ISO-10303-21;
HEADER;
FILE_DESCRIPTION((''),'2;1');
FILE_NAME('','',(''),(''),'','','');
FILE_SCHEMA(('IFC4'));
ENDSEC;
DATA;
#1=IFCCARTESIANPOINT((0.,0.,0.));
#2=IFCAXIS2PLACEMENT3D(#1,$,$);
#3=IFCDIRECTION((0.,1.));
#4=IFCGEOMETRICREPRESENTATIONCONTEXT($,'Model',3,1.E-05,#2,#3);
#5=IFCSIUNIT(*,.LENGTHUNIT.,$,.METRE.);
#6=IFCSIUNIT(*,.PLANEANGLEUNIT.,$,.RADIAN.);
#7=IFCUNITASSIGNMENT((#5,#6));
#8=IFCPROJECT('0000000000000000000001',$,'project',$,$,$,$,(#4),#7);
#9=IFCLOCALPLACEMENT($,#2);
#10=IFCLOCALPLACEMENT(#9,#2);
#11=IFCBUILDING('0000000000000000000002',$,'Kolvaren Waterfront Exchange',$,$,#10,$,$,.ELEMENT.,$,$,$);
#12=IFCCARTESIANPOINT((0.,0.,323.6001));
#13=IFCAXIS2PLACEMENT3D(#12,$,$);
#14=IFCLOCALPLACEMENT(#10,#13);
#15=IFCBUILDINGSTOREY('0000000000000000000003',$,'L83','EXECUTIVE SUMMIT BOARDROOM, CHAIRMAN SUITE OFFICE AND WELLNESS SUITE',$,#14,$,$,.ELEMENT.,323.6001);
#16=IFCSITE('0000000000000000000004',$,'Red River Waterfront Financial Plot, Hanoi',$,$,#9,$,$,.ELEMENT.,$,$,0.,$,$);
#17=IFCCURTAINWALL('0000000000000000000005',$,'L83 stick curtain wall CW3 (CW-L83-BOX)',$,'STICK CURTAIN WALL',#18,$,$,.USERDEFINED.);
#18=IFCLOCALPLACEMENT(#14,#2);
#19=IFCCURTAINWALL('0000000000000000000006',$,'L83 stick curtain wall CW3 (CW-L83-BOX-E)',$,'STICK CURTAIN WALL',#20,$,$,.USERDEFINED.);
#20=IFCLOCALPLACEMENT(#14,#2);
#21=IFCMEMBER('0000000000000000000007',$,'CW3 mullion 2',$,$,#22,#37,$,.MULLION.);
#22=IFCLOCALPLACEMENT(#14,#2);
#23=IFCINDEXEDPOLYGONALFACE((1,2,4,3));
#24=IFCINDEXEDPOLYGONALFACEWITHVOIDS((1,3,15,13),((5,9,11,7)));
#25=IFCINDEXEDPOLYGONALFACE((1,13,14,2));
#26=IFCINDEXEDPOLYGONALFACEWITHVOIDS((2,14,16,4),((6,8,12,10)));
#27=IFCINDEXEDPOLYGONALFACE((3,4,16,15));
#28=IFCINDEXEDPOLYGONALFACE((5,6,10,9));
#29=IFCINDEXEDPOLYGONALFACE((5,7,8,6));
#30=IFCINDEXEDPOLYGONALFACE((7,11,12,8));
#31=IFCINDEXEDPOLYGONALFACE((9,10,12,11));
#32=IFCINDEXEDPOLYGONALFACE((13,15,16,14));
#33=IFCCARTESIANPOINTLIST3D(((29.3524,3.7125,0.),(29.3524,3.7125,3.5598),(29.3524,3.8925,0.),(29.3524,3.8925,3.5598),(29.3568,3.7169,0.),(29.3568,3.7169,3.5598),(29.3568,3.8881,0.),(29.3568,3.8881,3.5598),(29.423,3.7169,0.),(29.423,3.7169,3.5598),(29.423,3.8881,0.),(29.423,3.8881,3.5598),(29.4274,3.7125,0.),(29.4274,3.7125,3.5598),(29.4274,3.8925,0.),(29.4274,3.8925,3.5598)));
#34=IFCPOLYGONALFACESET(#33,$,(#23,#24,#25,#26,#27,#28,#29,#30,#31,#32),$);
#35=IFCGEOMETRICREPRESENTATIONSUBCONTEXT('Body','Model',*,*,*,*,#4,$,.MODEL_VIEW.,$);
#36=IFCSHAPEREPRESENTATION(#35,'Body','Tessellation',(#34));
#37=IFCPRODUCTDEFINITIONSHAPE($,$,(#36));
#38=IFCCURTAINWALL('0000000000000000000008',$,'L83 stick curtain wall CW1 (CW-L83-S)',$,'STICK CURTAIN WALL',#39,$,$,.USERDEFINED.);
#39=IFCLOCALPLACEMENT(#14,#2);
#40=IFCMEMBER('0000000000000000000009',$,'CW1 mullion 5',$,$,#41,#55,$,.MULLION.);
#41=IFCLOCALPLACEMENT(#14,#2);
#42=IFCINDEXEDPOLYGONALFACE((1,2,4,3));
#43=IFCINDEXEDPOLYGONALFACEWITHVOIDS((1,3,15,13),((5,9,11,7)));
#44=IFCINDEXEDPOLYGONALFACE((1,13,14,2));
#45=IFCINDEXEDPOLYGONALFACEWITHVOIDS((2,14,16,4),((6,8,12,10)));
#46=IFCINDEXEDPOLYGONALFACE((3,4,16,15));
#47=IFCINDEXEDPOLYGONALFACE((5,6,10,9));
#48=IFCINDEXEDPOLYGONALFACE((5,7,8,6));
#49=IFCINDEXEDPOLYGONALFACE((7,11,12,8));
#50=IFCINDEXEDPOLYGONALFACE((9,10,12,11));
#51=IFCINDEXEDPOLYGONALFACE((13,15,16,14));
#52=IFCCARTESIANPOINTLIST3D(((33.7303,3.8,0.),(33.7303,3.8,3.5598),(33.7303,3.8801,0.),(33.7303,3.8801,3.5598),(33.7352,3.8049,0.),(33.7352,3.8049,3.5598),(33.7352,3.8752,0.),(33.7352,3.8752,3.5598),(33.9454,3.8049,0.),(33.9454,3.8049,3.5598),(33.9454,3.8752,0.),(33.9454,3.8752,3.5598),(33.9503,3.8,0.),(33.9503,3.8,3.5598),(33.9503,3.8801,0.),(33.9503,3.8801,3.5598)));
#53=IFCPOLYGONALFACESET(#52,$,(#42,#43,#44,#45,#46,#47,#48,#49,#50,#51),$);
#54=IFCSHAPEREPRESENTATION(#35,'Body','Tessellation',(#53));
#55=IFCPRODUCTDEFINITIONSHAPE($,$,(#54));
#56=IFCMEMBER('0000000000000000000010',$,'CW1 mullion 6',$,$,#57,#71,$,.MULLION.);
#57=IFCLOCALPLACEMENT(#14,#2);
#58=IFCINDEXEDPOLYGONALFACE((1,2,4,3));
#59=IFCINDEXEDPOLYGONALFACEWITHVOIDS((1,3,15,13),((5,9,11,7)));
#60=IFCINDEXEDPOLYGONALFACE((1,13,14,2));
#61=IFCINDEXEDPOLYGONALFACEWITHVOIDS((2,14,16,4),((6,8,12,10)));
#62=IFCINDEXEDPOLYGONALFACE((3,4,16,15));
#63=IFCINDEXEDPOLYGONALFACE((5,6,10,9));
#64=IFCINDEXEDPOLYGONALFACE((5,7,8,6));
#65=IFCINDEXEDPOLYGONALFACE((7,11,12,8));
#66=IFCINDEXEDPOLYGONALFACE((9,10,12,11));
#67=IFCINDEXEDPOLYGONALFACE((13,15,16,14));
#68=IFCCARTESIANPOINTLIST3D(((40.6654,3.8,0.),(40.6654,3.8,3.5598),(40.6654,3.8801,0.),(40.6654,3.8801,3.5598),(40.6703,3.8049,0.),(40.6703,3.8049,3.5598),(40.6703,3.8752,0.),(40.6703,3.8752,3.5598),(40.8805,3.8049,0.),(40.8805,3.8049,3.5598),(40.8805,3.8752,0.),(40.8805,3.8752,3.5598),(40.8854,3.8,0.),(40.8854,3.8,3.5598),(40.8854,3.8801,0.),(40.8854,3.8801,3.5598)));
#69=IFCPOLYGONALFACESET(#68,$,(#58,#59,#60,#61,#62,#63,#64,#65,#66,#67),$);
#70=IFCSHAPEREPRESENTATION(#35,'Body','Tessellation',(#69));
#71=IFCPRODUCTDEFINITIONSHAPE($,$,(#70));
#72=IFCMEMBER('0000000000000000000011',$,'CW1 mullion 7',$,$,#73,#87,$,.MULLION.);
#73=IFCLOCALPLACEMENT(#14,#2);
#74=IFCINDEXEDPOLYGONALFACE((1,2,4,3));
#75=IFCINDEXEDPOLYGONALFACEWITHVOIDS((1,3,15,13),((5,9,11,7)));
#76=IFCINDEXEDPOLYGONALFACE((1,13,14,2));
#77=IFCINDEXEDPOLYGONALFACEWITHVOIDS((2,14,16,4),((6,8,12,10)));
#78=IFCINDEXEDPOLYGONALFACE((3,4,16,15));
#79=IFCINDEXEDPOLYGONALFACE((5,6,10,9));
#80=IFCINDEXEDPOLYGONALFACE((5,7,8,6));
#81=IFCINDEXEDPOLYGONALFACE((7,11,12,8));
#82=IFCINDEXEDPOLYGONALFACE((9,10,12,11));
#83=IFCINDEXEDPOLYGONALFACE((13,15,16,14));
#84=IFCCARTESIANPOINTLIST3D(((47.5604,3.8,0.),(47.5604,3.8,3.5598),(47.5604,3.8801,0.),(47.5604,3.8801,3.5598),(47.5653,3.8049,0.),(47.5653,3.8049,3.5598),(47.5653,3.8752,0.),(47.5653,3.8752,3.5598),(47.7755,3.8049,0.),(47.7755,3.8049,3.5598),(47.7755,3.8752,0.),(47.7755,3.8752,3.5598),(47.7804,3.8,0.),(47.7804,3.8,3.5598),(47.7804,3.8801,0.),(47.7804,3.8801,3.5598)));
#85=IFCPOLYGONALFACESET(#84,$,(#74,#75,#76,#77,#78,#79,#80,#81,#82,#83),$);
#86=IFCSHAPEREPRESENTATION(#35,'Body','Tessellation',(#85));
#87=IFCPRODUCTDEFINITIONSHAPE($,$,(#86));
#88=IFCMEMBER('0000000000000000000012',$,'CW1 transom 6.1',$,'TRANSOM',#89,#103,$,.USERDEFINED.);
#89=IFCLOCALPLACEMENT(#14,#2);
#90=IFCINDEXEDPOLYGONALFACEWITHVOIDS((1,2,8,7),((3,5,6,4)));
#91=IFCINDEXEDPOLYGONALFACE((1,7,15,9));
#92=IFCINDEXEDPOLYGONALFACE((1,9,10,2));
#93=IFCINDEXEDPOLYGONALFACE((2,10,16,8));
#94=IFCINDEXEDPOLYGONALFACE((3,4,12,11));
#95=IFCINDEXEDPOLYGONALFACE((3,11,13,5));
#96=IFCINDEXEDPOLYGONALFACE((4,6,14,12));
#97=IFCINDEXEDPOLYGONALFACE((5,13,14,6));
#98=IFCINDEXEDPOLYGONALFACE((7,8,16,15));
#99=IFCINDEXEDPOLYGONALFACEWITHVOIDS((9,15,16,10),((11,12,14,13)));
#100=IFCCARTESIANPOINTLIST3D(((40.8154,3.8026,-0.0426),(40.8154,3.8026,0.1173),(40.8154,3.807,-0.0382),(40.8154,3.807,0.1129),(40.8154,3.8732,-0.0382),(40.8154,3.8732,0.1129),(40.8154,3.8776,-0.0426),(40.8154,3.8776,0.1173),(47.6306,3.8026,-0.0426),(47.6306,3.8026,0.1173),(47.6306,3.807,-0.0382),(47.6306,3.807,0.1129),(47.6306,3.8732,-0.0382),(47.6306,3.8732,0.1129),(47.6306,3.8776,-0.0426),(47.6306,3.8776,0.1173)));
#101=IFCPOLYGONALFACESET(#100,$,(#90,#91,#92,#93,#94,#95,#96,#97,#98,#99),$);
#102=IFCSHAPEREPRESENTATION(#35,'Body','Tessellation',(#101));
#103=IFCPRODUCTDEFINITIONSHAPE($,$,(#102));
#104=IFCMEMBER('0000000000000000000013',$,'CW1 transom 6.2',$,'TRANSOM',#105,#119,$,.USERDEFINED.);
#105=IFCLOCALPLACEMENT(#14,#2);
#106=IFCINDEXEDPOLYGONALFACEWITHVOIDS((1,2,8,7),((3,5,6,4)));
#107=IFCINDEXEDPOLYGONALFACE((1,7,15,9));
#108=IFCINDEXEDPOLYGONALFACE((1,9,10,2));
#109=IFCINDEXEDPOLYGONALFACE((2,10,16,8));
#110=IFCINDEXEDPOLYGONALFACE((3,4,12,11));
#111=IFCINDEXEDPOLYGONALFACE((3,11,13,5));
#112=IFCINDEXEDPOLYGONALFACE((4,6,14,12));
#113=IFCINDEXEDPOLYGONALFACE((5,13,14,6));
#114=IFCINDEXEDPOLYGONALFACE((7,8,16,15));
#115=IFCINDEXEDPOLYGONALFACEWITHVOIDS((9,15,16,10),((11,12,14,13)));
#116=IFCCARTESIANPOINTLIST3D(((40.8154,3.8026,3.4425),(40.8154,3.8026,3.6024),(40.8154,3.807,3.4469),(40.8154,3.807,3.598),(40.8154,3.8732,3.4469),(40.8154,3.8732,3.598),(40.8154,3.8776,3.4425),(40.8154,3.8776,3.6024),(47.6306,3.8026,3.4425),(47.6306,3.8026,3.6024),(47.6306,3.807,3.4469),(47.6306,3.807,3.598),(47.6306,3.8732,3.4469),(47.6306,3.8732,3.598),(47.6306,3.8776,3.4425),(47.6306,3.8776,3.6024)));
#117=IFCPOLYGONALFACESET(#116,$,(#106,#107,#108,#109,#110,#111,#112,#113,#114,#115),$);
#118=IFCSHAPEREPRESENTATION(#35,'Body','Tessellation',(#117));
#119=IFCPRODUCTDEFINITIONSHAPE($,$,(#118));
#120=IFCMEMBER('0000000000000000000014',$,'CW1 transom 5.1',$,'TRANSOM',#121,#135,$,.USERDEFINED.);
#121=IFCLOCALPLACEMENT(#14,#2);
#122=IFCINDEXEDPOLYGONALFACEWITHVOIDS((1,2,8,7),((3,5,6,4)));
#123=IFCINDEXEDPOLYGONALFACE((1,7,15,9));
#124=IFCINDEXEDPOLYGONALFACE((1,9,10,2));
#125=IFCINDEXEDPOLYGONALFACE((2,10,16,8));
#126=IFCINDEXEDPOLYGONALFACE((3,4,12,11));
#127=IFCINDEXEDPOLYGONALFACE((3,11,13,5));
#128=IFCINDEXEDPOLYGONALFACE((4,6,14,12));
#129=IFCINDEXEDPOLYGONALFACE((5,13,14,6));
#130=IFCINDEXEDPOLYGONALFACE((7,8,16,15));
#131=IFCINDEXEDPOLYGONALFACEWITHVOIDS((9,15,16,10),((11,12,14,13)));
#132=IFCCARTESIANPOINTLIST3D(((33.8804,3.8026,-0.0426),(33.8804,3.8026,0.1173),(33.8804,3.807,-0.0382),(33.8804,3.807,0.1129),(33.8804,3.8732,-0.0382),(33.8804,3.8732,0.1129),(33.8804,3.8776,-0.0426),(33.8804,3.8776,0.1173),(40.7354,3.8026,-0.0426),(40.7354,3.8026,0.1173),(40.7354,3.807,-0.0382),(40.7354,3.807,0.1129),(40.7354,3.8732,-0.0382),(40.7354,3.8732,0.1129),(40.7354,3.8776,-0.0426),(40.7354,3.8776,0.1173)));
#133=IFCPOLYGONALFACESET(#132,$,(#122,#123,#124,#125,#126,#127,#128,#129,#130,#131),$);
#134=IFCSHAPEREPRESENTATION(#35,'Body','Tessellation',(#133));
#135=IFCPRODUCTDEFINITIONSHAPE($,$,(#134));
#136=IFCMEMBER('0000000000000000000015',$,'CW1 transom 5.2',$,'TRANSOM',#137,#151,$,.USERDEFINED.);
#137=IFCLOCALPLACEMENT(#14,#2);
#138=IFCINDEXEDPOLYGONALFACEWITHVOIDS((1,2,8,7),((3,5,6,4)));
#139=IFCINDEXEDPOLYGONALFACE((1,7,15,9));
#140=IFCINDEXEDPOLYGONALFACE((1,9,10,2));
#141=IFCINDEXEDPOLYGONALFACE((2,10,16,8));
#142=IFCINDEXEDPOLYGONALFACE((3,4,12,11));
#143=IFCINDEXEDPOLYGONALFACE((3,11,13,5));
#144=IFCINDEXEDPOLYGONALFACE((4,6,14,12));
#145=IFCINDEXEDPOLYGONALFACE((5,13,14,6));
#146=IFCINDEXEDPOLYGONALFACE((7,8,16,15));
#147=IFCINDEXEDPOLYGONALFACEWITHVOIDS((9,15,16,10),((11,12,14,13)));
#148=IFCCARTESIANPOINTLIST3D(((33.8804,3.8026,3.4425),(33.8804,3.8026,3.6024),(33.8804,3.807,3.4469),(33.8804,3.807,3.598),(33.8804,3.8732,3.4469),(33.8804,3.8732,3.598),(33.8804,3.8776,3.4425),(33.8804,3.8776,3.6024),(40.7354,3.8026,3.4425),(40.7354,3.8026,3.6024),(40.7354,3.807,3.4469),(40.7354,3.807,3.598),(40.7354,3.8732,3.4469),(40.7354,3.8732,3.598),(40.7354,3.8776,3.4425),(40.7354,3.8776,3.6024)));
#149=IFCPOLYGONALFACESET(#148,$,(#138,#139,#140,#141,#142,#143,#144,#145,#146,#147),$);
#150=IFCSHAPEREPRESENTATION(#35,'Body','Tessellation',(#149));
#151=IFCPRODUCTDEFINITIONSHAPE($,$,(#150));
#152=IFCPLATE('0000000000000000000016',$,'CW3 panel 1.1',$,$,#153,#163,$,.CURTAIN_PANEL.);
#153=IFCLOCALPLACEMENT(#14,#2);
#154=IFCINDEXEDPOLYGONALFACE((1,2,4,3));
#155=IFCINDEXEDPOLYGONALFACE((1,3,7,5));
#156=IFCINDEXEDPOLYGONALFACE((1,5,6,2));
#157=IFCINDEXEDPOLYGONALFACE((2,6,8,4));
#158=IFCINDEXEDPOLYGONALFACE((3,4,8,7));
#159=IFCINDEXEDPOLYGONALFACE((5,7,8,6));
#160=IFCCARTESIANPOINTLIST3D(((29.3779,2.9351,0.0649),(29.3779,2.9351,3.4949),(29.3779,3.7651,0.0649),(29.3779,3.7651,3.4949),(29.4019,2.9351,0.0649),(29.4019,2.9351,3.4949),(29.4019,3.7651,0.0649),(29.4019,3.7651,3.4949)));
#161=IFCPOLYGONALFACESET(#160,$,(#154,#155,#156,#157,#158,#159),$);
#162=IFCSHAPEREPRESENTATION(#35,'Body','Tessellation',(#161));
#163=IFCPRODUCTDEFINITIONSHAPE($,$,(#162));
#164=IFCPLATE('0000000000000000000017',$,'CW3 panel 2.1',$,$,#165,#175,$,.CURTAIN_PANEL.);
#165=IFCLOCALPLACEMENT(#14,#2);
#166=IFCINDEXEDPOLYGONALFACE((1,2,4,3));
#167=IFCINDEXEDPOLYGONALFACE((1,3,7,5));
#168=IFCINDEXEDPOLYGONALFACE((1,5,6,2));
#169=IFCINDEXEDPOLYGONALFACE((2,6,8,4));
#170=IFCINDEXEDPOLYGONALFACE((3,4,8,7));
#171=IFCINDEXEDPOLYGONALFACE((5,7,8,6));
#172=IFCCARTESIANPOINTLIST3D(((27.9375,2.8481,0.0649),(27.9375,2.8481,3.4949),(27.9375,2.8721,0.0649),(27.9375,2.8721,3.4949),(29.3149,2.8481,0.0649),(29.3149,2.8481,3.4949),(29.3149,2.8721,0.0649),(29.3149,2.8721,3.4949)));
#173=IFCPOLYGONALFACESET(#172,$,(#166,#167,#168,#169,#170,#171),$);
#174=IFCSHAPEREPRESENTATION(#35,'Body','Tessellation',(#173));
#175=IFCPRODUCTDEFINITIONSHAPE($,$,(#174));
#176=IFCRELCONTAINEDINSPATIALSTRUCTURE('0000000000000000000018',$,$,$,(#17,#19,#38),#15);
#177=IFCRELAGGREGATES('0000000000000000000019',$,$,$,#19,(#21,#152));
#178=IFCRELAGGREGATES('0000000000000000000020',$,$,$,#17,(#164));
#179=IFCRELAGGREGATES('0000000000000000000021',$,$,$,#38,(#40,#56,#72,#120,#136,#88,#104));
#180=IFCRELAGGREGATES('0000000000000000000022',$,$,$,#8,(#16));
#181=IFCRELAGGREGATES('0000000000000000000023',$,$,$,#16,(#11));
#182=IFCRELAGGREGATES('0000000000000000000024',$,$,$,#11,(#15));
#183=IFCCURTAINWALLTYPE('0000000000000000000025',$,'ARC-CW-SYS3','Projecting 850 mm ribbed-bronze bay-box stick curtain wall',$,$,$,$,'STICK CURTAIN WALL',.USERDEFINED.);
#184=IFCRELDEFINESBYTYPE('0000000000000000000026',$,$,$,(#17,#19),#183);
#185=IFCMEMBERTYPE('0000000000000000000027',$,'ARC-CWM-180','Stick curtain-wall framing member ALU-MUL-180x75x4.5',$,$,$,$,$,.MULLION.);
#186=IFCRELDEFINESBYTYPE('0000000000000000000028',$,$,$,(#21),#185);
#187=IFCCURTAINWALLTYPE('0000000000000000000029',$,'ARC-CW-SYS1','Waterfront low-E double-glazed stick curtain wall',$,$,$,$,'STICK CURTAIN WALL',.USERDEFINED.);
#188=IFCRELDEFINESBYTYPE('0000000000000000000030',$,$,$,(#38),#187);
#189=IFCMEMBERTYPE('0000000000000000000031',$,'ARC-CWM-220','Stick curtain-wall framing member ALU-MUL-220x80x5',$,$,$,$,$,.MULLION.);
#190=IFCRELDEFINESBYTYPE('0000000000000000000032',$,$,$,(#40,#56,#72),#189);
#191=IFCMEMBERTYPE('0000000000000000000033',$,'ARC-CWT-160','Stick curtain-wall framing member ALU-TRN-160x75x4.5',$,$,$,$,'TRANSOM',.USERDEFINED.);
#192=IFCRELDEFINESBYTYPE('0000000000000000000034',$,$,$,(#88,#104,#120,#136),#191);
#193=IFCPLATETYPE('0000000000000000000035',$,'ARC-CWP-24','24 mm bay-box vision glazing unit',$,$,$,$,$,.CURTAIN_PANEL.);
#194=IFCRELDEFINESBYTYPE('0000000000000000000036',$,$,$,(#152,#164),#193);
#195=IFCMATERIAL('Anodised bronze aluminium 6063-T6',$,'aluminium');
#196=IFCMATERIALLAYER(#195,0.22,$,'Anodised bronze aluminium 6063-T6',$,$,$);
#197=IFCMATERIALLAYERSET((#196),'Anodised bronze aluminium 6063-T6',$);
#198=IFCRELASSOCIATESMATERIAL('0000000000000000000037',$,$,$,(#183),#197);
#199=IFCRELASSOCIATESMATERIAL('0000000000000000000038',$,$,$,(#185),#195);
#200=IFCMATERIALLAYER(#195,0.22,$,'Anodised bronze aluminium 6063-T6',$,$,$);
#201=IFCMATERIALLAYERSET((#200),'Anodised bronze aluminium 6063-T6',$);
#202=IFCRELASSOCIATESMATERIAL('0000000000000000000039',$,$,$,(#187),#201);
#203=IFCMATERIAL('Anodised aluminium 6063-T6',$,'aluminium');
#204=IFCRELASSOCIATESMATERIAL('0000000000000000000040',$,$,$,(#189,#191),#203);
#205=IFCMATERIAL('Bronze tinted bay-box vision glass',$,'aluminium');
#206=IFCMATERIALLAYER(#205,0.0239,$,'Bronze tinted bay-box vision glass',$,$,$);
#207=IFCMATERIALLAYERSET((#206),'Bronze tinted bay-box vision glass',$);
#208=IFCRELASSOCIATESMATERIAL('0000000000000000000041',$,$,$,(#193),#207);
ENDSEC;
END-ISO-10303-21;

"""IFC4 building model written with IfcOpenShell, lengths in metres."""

from ifc_helpers import new_model, si_unit, direction, frame, origin, origin_with_axes, origin_2d, place, context, subcontext, project, spatial, rectangle, hollow_rectangle, extrude, source, transform, mapped, material, layer, layer_set, material_profile, profile_set, type_object, element, aggregate, save


model = new_model("IFC4")

# Units and contexts
model_context = context("Model", 3, precision=1e-05, world=origin(), true_north=direction((0.0, 1.0)))
body_context = subcontext(model_context, "Body", "Model", "MODEL_VIEW")
ifc_project = project(units=[si_unit("LENGTHUNIT", "METRE"), si_unit("PLANEANGLEUNIT", "RADIAN")], contexts=[model_context])

# Site, building, storey
site_placement = place(None, origin())
site = spatial("IfcSite", under=ifc_project, at=site_placement, Name="Red River Waterfront Financial Plot, Hanoi", CompositionType="ELEMENT", RefElevation=0.0)
building_placement = place(site_placement, origin())
building = spatial("IfcBuilding", under=site, at=building_placement, Name="Kolvaren Waterfront Exchange", CompositionType="ELEMENT")
storey_placement = place(building_placement, frame((0.0, 0.0, 323.6001)))
storey = spatial("IfcBuildingStorey", under=building, at=storey_placement, Name="L83", Description="EXECUTIVE SUMMIT BOARDROOM, CHAIRMAN SUITE OFFICE AND WELLNESS SUITE", CompositionType="ELEMENT", Elevation=323.6001)

# Curtain walls
ifc_material_1 = material(Name="Anodised bronze aluminium 6063-T6", Category="aluminium")
ifc_layer_1 = layer(ifc_material_1, 0.22, Name="Anodised bronze aluminium 6063-T6")
ifc_layer_set_1 = layer_set([ifc_layer_1], Name="Anodised bronze aluminium 6063-T6")
curtain_wall_type_1 = type_object("IfcCurtainWallType", Name="ARC-CW-SYS3", Description="Projecting 850 mm ribbed-bronze bay-box stick curtain wall", ElementType="STICK CURTAIN WALL", PredefinedType="USERDEFINED", material=ifc_layer_set_1)
curtain_wall_1_placement = place(storey_placement, origin())
curtain_wall_1 = element("IfcCurtainWall", 1, at=curtain_wall_1_placement, inside=storey, type_object=curtain_wall_type_1, Name="L83 stick curtain wall CW3 (CW-L83-BOX)", ObjectType="STICK CURTAIN WALL", PredefinedType="USERDEFINED")
curtain_wall_2_placement = place(storey_placement, origin())
curtain_wall_2 = element("IfcCurtainWall", 2, at=curtain_wall_2_placement, inside=storey, type_object=curtain_wall_type_1, Name="L83 stick curtain wall CW3 (CW-L83-BOX-E)", ObjectType="STICK CURTAIN WALL", PredefinedType="USERDEFINED")

# Member
ifc_material_profile_1 = material_profile(ifc_material_1, hollow_rectangle(XDim=0.075, YDim=0.1799, WallThickness=0.0044, at=origin_2d()), Name="ALU-MUL-180x75x4.5")
ifc_profile_set_1 = profile_set([ifc_material_profile_1], Name="Anodised bronze aluminium 6063-T6")
member_type_1 = type_object("IfcMemberType", Name="ARC-CWM-180", Description="Stick curtain-wall framing member ALU-MUL-180x75x4.5", PredefinedType="MULLION", material=ifc_profile_set_1)
shared_shape_1 = source(origin_with_axes(), body_context, "Body", "SweptSolid", [
    extrude(hollow_rectangle(XDim=0.075, YDim=0.1799, WallThickness=0.0044, at=origin_2d()), origin(), (0.0, 0.0, 1.0), 3.5598),
])
member_1_placement = place(storey_placement, frame((29.3899, 3.8025, 0.0), z_axis=(0.0, 0.0, 1.0), x_axis=(-1.0, 0.0, 0.0)))
member_1 = element("IfcMember", 3, at=member_1_placement, type_object=member_type_1, Name="CW3 mullion 2", PredefinedType="MULLION", context=body_context, shape_type="MappedRepresentation", body=[
    mapped(shared_shape_1, transform((0.0, 0.0, 0.0), x_axis=(1.0, 0.0, 0.0), y_axis=(0.0, 1.0, 0.0), z_axis=(0.0, 0.0, 1.0), scale=1.0)),
])

# Curtain wall, members
ifc_layer_2 = layer(ifc_material_1, 0.22, Name="Anodised bronze aluminium 6063-T6")
ifc_layer_set_2 = layer_set([ifc_layer_2], Name="Anodised bronze aluminium 6063-T6")
curtain_wall_type_2 = type_object("IfcCurtainWallType", Name="ARC-CW-SYS1", Description="Waterfront low-E double-glazed stick curtain wall", ElementType="STICK CURTAIN WALL", PredefinedType="USERDEFINED", material=ifc_layer_set_2)
curtain_wall_3_placement = place(storey_placement, origin())
curtain_wall_3 = element("IfcCurtainWall", 4, at=curtain_wall_3_placement, inside=storey, type_object=curtain_wall_type_2, Name="L83 stick curtain wall CW1 (CW-L83-S)", ObjectType="STICK CURTAIN WALL", PredefinedType="USERDEFINED")
ifc_material_2 = material(Name="Anodised aluminium 6063-T6", Category="aluminium")
ifc_material_profile_2 = material_profile(ifc_material_2, hollow_rectangle(XDim=0.0801, YDim=0.22, WallThickness=0.0049, at=origin_2d()), Name="ALU-MUL-220x80x5")
ifc_profile_set_2 = profile_set([ifc_material_profile_2], Name="Anodised aluminium 6063-T6")
member_type_2 = type_object("IfcMemberType", Name="ARC-CWM-220", Description="Stick curtain-wall framing member ALU-MUL-220x80x5", PredefinedType="MULLION", material=ifc_profile_set_2)
shared_shape_2 = source(origin_with_axes(), body_context, "Body", "SweptSolid", [
    extrude(hollow_rectangle(XDim=0.0801, YDim=0.22, WallThickness=0.0049, at=origin_2d()), origin(), (0.0, 0.0, 1.0), 3.5598),
])
member_2_placement = place(storey_placement, frame((33.8403, 3.8401, 0.0), z_axis=(0.0, 0.0, 1.0), x_axis=(0.0, 1.0, 0.0)))
member_2 = element("IfcMember", 5, at=member_2_placement, type_object=member_type_2, Name="CW1 mullion 5", PredefinedType="MULLION", context=body_context, shape_type="MappedRepresentation", body=[
    mapped(shared_shape_2, transform((0.0, 0.0, 0.0), x_axis=(1.0, 0.0, 0.0), y_axis=(0.0, 1.0, 0.0), z_axis=(0.0, 0.0, 1.0), scale=1.0)),
])
member_3_placement = place(storey_placement, frame((40.7754, 3.8401, 0.0), z_axis=(0.0, 0.0, 1.0), x_axis=(0.0, 1.0, 0.0)))
member_3 = element("IfcMember", 6, at=member_3_placement, type_object=member_type_2, Name="CW1 mullion 6", PredefinedType="MULLION", context=body_context, shape_type="MappedRepresentation", body=[
    mapped(shared_shape_2, transform((0.0, 0.0, 0.0), x_axis=(1.0, 0.0, 0.0), y_axis=(0.0, 1.0, 0.0), z_axis=(0.0, 0.0, 1.0), scale=1.0)),
])
member_4_placement = place(storey_placement, frame((47.6704, 3.8401, 0.0), z_axis=(0.0, 0.0, 1.0), x_axis=(0.0, 1.0, 0.0)))
member_4 = element("IfcMember", 7, at=member_4_placement, type_object=member_type_2, Name="CW1 mullion 7", PredefinedType="MULLION", context=body_context, shape_type="MappedRepresentation", body=[
    mapped(shared_shape_2, transform((0.0, 0.0, 0.0), x_axis=(1.0, 0.0, 0.0), y_axis=(0.0, 1.0, 0.0), z_axis=(0.0, 0.0, 1.0), scale=1.0)),
])
ifc_material_profile_3 = material_profile(ifc_material_2, hollow_rectangle(XDim=0.075, YDim=0.1599, WallThickness=0.0044, at=origin_2d()), Name="ALU-TRN-160x75x4.5")
ifc_profile_set_3 = profile_set([ifc_material_profile_3], Name="Anodised aluminium 6063-T6")
member_type_3 = type_object("IfcMemberType", Name="ARC-CWT-160", Description="Stick curtain-wall framing member ALU-TRN-160x75x4.5", ElementType="TRANSOM", PredefinedType="USERDEFINED", material=ifc_profile_set_3)
shared_shape_3 = source(origin_with_axes(), body_context, "Body", "SweptSolid", [
    extrude(hollow_rectangle(XDim=0.075, YDim=0.1599, WallThickness=0.0044, at=origin_2d()), origin(), (0.0, 0.0, 1.0), 6.8152),
])
member_5_placement = place(storey_placement, frame((40.8154, 3.8401, 0.0374), z_axis=(1.0, 0.0, 0.0), x_axis=(0.0, 1.0, 0.0)))
member_5 = element("IfcMember", 8, at=member_5_placement, type_object=member_type_3, Name="CW1 transom 6.1", ObjectType="TRANSOM", PredefinedType="USERDEFINED", context=body_context, shape_type="MappedRepresentation", body=[
    mapped(shared_shape_3, transform((0.0, 0.0, 0.0), x_axis=(1.0, 0.0, 0.0), y_axis=(0.0, 1.0, 0.0), z_axis=(0.0, 0.0, 1.0), scale=1.0)),
])
member_6_placement = place(storey_placement, frame((40.8154, 3.8401, 3.5225), z_axis=(1.0, 0.0, 0.0), x_axis=(0.0, 1.0, 0.0)))
member_6 = element("IfcMember", 9, at=member_6_placement, type_object=member_type_3, Name="CW1 transom 6.2", ObjectType="TRANSOM", PredefinedType="USERDEFINED", context=body_context, shape_type="MappedRepresentation", body=[
    mapped(shared_shape_3, transform((0.0, 0.0, 0.0), x_axis=(1.0, 0.0, 0.0), y_axis=(0.0, 1.0, 0.0), z_axis=(0.0, 0.0, 1.0), scale=1.0)),
])
shared_shape_4 = source(origin_with_axes(), body_context, "Body", "SweptSolid", [
    extrude(hollow_rectangle(XDim=0.075, YDim=0.1599, WallThickness=0.0044, at=origin_2d()), origin(), (0.0, 0.0, 1.0), 6.855),
])
member_7_placement = place(storey_placement, frame((33.8804, 3.8401, 0.0374), z_axis=(1.0, 0.0, 0.0), x_axis=(0.0, 1.0, 0.0)))
member_7 = element("IfcMember", 10, at=member_7_placement, type_object=member_type_3, Name="CW1 transom 5.1", ObjectType="TRANSOM", PredefinedType="USERDEFINED", context=body_context, shape_type="MappedRepresentation", body=[
    mapped(shared_shape_4, transform((0.0, 0.0, 0.0), x_axis=(1.0, 0.0, 0.0), y_axis=(0.0, 1.0, 0.0), z_axis=(0.0, 0.0, 1.0), scale=1.0)),
])
member_8_placement = place(storey_placement, frame((33.8804, 3.8401, 3.5225), z_axis=(1.0, 0.0, 0.0), x_axis=(0.0, 1.0, 0.0)))
member_8 = element("IfcMember", 11, at=member_8_placement, type_object=member_type_3, Name="CW1 transom 5.2", ObjectType="TRANSOM", PredefinedType="USERDEFINED", context=body_context, shape_type="MappedRepresentation", body=[
    mapped(shared_shape_4, transform((0.0, 0.0, 0.0), x_axis=(1.0, 0.0, 0.0), y_axis=(0.0, 1.0, 0.0), z_axis=(0.0, 0.0, 1.0), scale=1.0)),
])

# Plates
ifc_material_3 = material(Name="Bronze tinted bay-box vision glass", Category="aluminium")
ifc_layer_3 = layer(ifc_material_3, 0.0239, Name="Bronze tinted bay-box vision glass")
ifc_layer_set_3 = layer_set([ifc_layer_3], Name="Bronze tinted bay-box vision glass")
plate_type_1 = type_object("IfcPlateType", Name="ARC-CWP-24", Description="24 mm bay-box vision glazing unit", PredefinedType="CURTAIN_PANEL", material=ifc_layer_set_3)
shared_shape_5 = source(origin_with_axes(), body_context, "Body", "SweptSolid", [
    extrude(rectangle(XDim=0.8301, YDim=0.0239, at=origin_2d()), origin(), (0.0, 0.0, 1.0), 3.4299),
])
plate_1_placement = place(storey_placement, frame((29.3899, 3.3501, 0.0649), z_axis=(0.0, 0.0, 1.0), x_axis=(0.0, 1.0, 0.0)))
plate_1 = element("IfcPlate", 12, at=plate_1_placement, type_object=plate_type_1, Name="CW3 panel 1.1", PredefinedType="CURTAIN_PANEL", context=body_context, shape_type="MappedRepresentation", body=[
    mapped(shared_shape_5, transform((0.0, 0.0, 0.0), x_axis=(1.0, 0.0, 0.0), y_axis=(0.0, 1.0, 0.0), z_axis=(0.0, 0.0, 1.0), scale=1.0)),
])
aggregate(curtain_wall_2, [member_1, plate_1])
shared_shape_6 = source(origin_with_axes(), body_context, "Body", "SweptSolid", [
    extrude(rectangle(XDim=1.3774, YDim=0.0239, at=origin_2d()), origin(), (0.0, 0.0, 1.0), 3.4299),
])
plate_2_placement = place(storey_placement, frame((28.6262, 2.8601, 0.0649), z_axis=(0.0, 0.0, 1.0), x_axis=(1.0, 0.0, 0.0)))
plate_2 = element("IfcPlate", 13, at=plate_2_placement, type_object=plate_type_1, Name="CW3 panel 2.1", PredefinedType="CURTAIN_PANEL", context=body_context, shape_type="MappedRepresentation", body=[
    mapped(shared_shape_6, transform((0.0, 0.0, 0.0), x_axis=(1.0, 0.0, 0.0), y_axis=(0.0, 1.0, 0.0), z_axis=(0.0, 0.0, 1.0), scale=1.0)),
])
aggregate(curtain_wall_1, [plate_2])
aggregate(curtain_wall_3, [member_2, member_3, member_4, member_7, member_8, member_5, member_6])

save(model, "model.ifc")
